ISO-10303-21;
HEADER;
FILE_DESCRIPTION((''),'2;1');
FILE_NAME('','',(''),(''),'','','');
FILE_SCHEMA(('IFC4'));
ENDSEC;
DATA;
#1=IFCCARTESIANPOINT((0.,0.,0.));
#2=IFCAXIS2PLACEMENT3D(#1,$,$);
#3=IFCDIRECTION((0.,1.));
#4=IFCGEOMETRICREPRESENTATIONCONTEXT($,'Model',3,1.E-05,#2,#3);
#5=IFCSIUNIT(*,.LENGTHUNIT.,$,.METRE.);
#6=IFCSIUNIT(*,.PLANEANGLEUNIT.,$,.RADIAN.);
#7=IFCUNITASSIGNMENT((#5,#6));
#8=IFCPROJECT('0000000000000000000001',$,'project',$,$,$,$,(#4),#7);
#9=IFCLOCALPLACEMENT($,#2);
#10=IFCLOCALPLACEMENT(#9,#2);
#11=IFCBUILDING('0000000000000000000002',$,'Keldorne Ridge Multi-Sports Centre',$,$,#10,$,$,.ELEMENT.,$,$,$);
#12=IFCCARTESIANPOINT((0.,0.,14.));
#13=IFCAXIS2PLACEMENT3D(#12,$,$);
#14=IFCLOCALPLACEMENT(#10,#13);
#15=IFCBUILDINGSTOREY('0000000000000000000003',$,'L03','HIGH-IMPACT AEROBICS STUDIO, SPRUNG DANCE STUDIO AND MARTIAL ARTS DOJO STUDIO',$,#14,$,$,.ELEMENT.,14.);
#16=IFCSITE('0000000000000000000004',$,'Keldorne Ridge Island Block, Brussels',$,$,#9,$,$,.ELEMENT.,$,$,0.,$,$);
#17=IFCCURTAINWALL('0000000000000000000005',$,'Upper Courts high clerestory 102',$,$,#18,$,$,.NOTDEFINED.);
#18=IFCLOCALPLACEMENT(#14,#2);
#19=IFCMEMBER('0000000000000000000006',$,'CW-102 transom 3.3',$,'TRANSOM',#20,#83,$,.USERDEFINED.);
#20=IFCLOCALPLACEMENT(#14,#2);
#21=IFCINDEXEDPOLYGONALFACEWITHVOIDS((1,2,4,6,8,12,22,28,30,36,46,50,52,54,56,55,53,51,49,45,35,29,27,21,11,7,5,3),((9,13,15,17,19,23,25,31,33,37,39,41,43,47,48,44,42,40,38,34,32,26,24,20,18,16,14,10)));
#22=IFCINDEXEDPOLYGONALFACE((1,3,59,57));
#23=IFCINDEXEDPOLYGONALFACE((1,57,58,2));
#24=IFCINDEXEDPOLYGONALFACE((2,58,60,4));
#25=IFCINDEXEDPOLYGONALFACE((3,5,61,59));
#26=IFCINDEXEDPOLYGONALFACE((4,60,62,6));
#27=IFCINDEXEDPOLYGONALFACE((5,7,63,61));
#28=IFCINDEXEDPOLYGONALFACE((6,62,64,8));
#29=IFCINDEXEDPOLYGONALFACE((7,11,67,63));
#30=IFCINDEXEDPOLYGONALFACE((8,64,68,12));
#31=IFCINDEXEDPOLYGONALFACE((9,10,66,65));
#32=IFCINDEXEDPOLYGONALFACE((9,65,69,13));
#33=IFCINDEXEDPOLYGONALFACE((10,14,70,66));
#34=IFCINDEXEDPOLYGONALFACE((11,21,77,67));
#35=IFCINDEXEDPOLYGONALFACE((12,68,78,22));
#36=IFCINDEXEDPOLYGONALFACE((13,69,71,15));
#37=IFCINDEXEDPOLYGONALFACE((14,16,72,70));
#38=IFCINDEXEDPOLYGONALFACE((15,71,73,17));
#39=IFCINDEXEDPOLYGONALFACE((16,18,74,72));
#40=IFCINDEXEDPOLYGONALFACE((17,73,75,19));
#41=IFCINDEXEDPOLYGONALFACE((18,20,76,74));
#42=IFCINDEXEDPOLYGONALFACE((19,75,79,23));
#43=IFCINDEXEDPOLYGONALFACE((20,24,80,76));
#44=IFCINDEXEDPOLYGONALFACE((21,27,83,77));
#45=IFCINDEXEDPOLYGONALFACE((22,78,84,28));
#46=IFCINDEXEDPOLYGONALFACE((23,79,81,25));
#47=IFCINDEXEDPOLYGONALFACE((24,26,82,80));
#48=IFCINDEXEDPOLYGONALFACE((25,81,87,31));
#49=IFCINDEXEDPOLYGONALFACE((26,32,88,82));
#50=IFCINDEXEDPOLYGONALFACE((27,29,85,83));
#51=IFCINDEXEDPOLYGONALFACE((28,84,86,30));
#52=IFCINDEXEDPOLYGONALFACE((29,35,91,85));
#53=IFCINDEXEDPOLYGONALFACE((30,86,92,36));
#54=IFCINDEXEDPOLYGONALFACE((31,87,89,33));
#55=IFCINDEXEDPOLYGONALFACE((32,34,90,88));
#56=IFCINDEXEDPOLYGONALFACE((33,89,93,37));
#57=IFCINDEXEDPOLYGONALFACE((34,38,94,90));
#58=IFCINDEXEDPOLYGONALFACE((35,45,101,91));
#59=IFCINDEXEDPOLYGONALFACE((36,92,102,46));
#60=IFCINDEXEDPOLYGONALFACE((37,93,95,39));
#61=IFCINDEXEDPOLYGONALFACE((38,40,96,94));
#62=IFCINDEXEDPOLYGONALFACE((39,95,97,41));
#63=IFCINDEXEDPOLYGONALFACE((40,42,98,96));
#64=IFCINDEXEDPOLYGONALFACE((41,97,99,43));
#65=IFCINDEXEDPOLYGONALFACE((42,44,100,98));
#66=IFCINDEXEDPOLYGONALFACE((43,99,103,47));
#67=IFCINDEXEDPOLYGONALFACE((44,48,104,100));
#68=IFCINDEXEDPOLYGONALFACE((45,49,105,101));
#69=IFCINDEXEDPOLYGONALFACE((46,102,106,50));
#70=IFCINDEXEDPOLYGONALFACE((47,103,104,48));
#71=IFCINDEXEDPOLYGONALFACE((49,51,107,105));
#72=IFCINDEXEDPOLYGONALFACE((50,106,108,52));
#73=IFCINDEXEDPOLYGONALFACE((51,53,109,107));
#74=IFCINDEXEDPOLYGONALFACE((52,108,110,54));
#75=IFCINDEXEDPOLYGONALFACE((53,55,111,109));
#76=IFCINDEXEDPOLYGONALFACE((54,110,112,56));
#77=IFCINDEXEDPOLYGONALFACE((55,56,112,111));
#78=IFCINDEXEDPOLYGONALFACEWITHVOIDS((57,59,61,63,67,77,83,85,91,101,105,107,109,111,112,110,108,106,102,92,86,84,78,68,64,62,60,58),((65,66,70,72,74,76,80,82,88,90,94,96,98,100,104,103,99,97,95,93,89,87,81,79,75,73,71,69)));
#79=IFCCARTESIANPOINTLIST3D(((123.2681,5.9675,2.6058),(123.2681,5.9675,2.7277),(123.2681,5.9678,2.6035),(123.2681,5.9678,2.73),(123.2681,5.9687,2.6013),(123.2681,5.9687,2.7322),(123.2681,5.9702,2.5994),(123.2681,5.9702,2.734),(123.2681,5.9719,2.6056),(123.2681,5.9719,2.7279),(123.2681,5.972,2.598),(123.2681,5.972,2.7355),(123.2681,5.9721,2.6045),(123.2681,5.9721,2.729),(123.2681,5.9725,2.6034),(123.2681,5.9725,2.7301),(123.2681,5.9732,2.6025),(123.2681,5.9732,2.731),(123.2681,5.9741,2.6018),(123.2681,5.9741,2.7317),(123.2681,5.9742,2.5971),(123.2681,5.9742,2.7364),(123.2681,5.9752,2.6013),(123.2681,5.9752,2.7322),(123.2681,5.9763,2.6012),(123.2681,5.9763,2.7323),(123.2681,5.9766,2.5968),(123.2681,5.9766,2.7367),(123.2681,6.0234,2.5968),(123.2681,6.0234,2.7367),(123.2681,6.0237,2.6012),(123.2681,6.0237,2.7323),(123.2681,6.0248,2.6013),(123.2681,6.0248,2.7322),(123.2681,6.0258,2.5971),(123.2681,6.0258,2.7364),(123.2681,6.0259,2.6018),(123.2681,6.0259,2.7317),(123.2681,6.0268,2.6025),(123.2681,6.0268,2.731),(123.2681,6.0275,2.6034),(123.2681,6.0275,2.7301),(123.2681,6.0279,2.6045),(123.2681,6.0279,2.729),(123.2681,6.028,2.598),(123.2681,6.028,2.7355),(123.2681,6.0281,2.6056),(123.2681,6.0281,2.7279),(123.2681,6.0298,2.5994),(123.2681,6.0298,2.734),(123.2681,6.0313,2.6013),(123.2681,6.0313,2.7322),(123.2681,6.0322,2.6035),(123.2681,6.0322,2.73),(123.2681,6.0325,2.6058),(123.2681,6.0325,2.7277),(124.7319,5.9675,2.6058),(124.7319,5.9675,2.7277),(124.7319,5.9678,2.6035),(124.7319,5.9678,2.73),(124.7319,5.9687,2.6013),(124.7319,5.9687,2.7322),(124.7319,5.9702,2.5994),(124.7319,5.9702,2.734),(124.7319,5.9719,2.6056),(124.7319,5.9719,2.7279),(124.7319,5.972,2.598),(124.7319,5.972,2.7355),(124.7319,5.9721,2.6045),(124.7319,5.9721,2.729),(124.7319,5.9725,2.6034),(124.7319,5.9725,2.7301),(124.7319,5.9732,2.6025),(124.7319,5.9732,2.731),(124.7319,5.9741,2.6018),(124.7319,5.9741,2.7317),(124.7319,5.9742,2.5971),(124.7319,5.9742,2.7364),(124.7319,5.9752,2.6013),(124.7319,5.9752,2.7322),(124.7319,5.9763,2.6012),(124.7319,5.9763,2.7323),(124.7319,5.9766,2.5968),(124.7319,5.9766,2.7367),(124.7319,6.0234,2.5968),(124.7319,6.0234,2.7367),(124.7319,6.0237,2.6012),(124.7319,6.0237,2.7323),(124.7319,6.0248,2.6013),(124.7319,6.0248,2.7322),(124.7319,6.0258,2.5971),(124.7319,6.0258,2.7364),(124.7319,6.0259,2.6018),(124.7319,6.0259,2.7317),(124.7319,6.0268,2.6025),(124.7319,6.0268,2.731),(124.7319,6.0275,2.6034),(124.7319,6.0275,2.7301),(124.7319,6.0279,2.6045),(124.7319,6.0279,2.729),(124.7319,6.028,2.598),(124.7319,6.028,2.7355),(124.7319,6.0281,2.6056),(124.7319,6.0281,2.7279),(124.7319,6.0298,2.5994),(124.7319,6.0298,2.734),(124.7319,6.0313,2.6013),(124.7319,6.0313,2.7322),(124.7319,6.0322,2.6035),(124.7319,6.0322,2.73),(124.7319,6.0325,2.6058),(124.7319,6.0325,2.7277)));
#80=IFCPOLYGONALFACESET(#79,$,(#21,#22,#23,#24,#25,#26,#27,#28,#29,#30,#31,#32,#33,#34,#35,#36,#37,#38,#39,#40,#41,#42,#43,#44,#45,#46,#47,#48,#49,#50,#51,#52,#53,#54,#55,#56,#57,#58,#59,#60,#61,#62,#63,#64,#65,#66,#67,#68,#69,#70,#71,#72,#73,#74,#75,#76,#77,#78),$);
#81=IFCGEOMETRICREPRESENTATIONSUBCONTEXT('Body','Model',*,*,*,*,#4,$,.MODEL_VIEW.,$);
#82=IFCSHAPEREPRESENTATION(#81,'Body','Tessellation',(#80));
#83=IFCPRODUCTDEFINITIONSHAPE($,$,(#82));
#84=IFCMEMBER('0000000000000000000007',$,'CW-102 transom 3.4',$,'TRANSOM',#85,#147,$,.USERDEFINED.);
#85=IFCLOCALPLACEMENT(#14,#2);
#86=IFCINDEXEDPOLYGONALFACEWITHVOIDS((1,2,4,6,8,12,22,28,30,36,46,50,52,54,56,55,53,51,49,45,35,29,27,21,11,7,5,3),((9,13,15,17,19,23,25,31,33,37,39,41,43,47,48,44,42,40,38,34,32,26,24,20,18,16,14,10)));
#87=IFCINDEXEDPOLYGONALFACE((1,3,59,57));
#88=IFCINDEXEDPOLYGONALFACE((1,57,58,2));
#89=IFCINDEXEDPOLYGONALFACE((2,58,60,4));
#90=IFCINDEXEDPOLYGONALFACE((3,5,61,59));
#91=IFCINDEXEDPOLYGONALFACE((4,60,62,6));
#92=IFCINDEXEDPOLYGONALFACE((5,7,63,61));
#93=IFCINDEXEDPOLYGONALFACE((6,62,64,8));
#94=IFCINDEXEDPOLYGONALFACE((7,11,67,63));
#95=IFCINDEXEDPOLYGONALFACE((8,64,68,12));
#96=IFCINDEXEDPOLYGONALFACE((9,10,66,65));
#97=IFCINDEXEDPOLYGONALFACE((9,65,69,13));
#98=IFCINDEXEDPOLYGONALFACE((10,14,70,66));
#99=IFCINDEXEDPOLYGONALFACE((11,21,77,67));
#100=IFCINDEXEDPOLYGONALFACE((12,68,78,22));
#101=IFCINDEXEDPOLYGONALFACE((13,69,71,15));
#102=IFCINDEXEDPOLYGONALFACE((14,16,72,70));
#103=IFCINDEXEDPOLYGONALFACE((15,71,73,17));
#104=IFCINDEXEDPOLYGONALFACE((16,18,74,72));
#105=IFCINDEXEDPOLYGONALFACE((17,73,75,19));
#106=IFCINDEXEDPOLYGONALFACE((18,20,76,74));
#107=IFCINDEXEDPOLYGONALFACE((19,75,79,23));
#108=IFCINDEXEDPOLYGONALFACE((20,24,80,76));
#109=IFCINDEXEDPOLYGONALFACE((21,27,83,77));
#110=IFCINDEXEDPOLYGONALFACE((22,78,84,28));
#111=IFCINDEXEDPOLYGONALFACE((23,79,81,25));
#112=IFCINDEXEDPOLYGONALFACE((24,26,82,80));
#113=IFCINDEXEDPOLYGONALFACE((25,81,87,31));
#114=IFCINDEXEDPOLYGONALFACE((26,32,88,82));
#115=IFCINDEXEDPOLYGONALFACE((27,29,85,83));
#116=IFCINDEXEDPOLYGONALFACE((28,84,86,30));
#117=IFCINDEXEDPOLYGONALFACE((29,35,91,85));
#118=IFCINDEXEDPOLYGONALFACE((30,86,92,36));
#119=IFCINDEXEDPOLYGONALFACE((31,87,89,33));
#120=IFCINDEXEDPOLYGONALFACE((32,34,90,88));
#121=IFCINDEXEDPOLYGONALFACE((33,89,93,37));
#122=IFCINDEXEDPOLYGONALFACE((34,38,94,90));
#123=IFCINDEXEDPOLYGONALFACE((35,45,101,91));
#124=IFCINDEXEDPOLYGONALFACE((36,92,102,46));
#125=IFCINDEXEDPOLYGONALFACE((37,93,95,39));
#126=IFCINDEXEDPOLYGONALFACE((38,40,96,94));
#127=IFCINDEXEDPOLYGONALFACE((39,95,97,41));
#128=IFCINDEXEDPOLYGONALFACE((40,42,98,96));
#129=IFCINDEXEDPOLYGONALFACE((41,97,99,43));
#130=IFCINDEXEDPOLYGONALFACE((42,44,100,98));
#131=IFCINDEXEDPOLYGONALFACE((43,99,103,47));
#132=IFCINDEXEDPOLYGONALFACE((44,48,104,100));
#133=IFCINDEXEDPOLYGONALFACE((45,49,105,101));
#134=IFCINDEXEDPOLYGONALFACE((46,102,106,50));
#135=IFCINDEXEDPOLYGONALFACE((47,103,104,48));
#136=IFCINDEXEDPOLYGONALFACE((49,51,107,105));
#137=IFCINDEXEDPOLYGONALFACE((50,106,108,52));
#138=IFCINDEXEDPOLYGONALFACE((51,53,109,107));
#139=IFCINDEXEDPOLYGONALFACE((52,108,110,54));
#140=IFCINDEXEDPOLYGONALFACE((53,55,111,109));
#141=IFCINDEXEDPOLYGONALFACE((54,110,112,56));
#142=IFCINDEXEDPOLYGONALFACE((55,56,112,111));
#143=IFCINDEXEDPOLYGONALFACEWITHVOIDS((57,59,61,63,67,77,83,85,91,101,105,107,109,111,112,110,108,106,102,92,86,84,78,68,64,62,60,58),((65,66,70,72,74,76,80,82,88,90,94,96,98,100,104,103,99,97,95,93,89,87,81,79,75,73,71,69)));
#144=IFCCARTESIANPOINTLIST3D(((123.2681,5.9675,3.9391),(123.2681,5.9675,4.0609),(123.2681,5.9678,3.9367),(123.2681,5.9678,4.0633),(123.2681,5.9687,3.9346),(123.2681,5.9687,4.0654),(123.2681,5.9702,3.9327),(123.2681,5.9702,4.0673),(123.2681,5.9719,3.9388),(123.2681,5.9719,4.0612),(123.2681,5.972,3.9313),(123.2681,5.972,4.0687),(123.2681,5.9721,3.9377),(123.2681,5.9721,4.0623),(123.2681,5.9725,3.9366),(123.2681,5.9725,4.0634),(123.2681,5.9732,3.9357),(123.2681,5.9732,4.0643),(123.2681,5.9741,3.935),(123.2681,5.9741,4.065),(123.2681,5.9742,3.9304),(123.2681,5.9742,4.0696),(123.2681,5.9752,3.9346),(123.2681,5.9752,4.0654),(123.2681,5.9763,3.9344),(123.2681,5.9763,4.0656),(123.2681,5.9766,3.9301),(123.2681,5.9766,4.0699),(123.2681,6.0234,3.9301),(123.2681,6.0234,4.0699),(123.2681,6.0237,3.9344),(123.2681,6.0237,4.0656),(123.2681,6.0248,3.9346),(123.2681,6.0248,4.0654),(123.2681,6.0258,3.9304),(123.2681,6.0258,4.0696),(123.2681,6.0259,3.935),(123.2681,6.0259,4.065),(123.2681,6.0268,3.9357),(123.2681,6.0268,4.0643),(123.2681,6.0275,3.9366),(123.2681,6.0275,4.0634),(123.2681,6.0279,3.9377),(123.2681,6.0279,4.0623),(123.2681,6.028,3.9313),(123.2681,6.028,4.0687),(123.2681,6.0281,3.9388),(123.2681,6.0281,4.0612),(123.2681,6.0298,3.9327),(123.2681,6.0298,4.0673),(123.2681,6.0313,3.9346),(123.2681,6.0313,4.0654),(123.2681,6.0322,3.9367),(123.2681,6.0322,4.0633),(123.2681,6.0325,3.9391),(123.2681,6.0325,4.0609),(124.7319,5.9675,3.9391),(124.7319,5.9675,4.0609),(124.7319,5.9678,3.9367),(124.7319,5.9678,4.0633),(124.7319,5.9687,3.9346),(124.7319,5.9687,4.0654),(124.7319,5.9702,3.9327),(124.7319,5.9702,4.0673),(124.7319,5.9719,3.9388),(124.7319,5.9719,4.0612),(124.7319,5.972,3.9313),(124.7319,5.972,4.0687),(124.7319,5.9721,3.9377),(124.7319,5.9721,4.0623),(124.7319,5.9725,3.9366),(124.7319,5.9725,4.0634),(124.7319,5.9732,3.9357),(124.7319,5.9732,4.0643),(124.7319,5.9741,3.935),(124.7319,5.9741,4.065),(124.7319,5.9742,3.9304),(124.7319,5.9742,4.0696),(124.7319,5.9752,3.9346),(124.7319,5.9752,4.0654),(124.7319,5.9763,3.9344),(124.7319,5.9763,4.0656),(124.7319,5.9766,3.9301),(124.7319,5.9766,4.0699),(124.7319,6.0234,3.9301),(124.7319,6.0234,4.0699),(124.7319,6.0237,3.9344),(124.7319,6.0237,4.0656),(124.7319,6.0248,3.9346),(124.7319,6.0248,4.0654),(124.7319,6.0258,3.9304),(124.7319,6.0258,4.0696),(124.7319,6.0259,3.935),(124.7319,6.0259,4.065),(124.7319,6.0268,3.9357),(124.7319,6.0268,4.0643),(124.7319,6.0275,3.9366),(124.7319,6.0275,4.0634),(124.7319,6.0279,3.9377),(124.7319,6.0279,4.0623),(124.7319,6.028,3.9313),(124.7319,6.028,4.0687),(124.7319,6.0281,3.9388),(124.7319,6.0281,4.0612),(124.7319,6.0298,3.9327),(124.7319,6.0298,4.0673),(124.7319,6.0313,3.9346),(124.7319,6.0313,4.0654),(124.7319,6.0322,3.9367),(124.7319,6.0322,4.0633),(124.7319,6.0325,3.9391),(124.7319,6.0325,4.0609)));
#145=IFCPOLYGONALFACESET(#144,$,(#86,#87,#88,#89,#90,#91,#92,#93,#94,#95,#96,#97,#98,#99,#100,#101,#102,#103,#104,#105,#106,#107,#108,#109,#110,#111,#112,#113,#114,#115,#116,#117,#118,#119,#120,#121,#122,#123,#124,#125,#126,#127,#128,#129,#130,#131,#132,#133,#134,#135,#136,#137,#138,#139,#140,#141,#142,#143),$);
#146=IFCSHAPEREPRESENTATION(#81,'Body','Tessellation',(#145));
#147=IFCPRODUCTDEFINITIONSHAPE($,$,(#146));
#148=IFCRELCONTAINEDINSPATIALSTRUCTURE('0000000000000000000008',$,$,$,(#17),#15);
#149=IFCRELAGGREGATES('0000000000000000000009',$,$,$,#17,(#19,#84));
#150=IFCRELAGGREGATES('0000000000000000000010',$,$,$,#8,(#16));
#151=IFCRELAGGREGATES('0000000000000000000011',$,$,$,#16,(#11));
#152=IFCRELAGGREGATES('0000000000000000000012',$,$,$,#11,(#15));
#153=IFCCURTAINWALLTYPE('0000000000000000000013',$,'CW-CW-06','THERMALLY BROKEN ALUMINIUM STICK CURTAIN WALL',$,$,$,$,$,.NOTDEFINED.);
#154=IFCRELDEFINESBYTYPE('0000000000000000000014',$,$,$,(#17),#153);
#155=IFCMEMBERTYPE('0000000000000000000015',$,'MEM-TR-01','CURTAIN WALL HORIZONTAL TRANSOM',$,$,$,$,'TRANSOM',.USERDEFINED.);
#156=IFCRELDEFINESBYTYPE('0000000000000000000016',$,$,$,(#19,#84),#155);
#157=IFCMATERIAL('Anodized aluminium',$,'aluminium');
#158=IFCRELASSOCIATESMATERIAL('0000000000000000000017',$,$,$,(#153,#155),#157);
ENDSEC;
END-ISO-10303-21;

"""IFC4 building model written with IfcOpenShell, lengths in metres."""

from ifc_helpers import new_model, si_unit, direction, frame, origin, origin_2d, place, context, subcontext, project, spatial, hollow_rectangle, extrude, material, material_profile, profile_set, type_object, element, aggregate, save


model = new_model("IFC4")

# Units and contexts
model_context = context("Model", 3, precision=1e-05, world=origin(), true_north=direction((0.0, 1.0)))
body_context = subcontext(model_context, "Body", "Model", "MODEL_VIEW")
ifc_project = project(units=[si_unit("LENGTHUNIT", "METRE"), si_unit("PLANEANGLEUNIT", "RADIAN")], contexts=[model_context])

# Site, building, storey
site_placement = place(None, origin())
site = spatial("IfcSite", under=ifc_project, at=site_placement, Name="Keldorne Ridge Island Block, Brussels", CompositionType="ELEMENT", RefElevation=0.0)
building_placement = place(site_placement, origin())
building = spatial("IfcBuilding", under=site, at=building_placement, Name="Keldorne Ridge Multi-Sports Centre", CompositionType="ELEMENT")
storey_placement = place(building_placement, frame((0.0, 0.0, 14.0)))
storey = spatial("IfcBuildingStorey", under=building, at=storey_placement, Name="L03", Description="HIGH-IMPACT AEROBICS STUDIO, SPRUNG DANCE STUDIO AND MARTIAL ARTS DOJO STUDIO", CompositionType="ELEMENT", Elevation=14.0)

# Curtain wall, members
ifc_material_1 = material(Name="Anodized aluminium", Category="aluminium")
curtain_wall_type = type_object("IfcCurtainWallType", Name="CW-CW-06", Description="THERMALLY BROKEN ALUMINIUM STICK CURTAIN WALL", PredefinedType="NOTDEFINED", material=ifc_material_1)
curtain_wall_placement = place(storey_placement, origin())
curtain_wall = element("IfcCurtainWall", 1, at=curtain_wall_placement, inside=storey, type_object=curtain_wall_type, Name="Upper Courts high clerestory 102", PredefinedType="NOTDEFINED")
ifc_material_profile_1 = material_profile(ifc_material_1, hollow_rectangle(XDim=0.0649, YDim=0.1399, WallThickness=0.0044, InnerFilletRadius=0.0044, OuterFilletRadius=0.009, at=origin_2d()), Name="ALU TRANSOM 140x65x4.5")
ifc_profile_set_1 = profile_set([ifc_material_profile_1], Name="Anodized aluminium")
member_type_1 = type_object("IfcMemberType", Name="MEM-TR-01", Description="CURTAIN WALL HORIZONTAL TRANSOM", ElementType="TRANSOM", PredefinedType="USERDEFINED", material=ifc_profile_set_1)
member_1_placement = place(storey_placement, frame((123.2681, 6.0, 2.6667), z_axis=(1.0, 0.0, 0.0), x_axis=(0.0, 1.0, 0.0)))
member_1 = element("IfcMember", 2, at=member_1_placement, type_object=member_type_1, Name="CW-102 transom 3.3", ObjectType="TRANSOM", PredefinedType="USERDEFINED", context=body_context, shape_type="SweptSolid", body=[
    extrude(hollow_rectangle(XDim=0.0649, YDim=0.1399, WallThickness=0.0044, InnerFilletRadius=0.0044, OuterFilletRadius=0.009, at=origin_2d()), origin(), (0.0, 0.0, 1.0), 1.4639),
])
member_2_placement = place(storey_placement, frame((123.2681, 6.0, 4.0), z_axis=(1.0, 0.0, 0.0), x_axis=(0.0, 1.0, 0.0)))
member_2 = element("IfcMember", 3, at=member_2_placement, type_object=member_type_1, Name="CW-102 transom 3.4", ObjectType="TRANSOM", PredefinedType="USERDEFINED", context=body_context, shape_type="SweptSolid", body=[
    extrude(hollow_rectangle(XDim=0.0649, YDim=0.1399, WallThickness=0.0044, InnerFilletRadius=0.0044, OuterFilletRadius=0.009, at=origin_2d()), origin(), (0.0, 0.0, 1.0), 1.4639),
])
aggregate(curtain_wall, [member_1, member_2])

save(model, "model.ifc")
